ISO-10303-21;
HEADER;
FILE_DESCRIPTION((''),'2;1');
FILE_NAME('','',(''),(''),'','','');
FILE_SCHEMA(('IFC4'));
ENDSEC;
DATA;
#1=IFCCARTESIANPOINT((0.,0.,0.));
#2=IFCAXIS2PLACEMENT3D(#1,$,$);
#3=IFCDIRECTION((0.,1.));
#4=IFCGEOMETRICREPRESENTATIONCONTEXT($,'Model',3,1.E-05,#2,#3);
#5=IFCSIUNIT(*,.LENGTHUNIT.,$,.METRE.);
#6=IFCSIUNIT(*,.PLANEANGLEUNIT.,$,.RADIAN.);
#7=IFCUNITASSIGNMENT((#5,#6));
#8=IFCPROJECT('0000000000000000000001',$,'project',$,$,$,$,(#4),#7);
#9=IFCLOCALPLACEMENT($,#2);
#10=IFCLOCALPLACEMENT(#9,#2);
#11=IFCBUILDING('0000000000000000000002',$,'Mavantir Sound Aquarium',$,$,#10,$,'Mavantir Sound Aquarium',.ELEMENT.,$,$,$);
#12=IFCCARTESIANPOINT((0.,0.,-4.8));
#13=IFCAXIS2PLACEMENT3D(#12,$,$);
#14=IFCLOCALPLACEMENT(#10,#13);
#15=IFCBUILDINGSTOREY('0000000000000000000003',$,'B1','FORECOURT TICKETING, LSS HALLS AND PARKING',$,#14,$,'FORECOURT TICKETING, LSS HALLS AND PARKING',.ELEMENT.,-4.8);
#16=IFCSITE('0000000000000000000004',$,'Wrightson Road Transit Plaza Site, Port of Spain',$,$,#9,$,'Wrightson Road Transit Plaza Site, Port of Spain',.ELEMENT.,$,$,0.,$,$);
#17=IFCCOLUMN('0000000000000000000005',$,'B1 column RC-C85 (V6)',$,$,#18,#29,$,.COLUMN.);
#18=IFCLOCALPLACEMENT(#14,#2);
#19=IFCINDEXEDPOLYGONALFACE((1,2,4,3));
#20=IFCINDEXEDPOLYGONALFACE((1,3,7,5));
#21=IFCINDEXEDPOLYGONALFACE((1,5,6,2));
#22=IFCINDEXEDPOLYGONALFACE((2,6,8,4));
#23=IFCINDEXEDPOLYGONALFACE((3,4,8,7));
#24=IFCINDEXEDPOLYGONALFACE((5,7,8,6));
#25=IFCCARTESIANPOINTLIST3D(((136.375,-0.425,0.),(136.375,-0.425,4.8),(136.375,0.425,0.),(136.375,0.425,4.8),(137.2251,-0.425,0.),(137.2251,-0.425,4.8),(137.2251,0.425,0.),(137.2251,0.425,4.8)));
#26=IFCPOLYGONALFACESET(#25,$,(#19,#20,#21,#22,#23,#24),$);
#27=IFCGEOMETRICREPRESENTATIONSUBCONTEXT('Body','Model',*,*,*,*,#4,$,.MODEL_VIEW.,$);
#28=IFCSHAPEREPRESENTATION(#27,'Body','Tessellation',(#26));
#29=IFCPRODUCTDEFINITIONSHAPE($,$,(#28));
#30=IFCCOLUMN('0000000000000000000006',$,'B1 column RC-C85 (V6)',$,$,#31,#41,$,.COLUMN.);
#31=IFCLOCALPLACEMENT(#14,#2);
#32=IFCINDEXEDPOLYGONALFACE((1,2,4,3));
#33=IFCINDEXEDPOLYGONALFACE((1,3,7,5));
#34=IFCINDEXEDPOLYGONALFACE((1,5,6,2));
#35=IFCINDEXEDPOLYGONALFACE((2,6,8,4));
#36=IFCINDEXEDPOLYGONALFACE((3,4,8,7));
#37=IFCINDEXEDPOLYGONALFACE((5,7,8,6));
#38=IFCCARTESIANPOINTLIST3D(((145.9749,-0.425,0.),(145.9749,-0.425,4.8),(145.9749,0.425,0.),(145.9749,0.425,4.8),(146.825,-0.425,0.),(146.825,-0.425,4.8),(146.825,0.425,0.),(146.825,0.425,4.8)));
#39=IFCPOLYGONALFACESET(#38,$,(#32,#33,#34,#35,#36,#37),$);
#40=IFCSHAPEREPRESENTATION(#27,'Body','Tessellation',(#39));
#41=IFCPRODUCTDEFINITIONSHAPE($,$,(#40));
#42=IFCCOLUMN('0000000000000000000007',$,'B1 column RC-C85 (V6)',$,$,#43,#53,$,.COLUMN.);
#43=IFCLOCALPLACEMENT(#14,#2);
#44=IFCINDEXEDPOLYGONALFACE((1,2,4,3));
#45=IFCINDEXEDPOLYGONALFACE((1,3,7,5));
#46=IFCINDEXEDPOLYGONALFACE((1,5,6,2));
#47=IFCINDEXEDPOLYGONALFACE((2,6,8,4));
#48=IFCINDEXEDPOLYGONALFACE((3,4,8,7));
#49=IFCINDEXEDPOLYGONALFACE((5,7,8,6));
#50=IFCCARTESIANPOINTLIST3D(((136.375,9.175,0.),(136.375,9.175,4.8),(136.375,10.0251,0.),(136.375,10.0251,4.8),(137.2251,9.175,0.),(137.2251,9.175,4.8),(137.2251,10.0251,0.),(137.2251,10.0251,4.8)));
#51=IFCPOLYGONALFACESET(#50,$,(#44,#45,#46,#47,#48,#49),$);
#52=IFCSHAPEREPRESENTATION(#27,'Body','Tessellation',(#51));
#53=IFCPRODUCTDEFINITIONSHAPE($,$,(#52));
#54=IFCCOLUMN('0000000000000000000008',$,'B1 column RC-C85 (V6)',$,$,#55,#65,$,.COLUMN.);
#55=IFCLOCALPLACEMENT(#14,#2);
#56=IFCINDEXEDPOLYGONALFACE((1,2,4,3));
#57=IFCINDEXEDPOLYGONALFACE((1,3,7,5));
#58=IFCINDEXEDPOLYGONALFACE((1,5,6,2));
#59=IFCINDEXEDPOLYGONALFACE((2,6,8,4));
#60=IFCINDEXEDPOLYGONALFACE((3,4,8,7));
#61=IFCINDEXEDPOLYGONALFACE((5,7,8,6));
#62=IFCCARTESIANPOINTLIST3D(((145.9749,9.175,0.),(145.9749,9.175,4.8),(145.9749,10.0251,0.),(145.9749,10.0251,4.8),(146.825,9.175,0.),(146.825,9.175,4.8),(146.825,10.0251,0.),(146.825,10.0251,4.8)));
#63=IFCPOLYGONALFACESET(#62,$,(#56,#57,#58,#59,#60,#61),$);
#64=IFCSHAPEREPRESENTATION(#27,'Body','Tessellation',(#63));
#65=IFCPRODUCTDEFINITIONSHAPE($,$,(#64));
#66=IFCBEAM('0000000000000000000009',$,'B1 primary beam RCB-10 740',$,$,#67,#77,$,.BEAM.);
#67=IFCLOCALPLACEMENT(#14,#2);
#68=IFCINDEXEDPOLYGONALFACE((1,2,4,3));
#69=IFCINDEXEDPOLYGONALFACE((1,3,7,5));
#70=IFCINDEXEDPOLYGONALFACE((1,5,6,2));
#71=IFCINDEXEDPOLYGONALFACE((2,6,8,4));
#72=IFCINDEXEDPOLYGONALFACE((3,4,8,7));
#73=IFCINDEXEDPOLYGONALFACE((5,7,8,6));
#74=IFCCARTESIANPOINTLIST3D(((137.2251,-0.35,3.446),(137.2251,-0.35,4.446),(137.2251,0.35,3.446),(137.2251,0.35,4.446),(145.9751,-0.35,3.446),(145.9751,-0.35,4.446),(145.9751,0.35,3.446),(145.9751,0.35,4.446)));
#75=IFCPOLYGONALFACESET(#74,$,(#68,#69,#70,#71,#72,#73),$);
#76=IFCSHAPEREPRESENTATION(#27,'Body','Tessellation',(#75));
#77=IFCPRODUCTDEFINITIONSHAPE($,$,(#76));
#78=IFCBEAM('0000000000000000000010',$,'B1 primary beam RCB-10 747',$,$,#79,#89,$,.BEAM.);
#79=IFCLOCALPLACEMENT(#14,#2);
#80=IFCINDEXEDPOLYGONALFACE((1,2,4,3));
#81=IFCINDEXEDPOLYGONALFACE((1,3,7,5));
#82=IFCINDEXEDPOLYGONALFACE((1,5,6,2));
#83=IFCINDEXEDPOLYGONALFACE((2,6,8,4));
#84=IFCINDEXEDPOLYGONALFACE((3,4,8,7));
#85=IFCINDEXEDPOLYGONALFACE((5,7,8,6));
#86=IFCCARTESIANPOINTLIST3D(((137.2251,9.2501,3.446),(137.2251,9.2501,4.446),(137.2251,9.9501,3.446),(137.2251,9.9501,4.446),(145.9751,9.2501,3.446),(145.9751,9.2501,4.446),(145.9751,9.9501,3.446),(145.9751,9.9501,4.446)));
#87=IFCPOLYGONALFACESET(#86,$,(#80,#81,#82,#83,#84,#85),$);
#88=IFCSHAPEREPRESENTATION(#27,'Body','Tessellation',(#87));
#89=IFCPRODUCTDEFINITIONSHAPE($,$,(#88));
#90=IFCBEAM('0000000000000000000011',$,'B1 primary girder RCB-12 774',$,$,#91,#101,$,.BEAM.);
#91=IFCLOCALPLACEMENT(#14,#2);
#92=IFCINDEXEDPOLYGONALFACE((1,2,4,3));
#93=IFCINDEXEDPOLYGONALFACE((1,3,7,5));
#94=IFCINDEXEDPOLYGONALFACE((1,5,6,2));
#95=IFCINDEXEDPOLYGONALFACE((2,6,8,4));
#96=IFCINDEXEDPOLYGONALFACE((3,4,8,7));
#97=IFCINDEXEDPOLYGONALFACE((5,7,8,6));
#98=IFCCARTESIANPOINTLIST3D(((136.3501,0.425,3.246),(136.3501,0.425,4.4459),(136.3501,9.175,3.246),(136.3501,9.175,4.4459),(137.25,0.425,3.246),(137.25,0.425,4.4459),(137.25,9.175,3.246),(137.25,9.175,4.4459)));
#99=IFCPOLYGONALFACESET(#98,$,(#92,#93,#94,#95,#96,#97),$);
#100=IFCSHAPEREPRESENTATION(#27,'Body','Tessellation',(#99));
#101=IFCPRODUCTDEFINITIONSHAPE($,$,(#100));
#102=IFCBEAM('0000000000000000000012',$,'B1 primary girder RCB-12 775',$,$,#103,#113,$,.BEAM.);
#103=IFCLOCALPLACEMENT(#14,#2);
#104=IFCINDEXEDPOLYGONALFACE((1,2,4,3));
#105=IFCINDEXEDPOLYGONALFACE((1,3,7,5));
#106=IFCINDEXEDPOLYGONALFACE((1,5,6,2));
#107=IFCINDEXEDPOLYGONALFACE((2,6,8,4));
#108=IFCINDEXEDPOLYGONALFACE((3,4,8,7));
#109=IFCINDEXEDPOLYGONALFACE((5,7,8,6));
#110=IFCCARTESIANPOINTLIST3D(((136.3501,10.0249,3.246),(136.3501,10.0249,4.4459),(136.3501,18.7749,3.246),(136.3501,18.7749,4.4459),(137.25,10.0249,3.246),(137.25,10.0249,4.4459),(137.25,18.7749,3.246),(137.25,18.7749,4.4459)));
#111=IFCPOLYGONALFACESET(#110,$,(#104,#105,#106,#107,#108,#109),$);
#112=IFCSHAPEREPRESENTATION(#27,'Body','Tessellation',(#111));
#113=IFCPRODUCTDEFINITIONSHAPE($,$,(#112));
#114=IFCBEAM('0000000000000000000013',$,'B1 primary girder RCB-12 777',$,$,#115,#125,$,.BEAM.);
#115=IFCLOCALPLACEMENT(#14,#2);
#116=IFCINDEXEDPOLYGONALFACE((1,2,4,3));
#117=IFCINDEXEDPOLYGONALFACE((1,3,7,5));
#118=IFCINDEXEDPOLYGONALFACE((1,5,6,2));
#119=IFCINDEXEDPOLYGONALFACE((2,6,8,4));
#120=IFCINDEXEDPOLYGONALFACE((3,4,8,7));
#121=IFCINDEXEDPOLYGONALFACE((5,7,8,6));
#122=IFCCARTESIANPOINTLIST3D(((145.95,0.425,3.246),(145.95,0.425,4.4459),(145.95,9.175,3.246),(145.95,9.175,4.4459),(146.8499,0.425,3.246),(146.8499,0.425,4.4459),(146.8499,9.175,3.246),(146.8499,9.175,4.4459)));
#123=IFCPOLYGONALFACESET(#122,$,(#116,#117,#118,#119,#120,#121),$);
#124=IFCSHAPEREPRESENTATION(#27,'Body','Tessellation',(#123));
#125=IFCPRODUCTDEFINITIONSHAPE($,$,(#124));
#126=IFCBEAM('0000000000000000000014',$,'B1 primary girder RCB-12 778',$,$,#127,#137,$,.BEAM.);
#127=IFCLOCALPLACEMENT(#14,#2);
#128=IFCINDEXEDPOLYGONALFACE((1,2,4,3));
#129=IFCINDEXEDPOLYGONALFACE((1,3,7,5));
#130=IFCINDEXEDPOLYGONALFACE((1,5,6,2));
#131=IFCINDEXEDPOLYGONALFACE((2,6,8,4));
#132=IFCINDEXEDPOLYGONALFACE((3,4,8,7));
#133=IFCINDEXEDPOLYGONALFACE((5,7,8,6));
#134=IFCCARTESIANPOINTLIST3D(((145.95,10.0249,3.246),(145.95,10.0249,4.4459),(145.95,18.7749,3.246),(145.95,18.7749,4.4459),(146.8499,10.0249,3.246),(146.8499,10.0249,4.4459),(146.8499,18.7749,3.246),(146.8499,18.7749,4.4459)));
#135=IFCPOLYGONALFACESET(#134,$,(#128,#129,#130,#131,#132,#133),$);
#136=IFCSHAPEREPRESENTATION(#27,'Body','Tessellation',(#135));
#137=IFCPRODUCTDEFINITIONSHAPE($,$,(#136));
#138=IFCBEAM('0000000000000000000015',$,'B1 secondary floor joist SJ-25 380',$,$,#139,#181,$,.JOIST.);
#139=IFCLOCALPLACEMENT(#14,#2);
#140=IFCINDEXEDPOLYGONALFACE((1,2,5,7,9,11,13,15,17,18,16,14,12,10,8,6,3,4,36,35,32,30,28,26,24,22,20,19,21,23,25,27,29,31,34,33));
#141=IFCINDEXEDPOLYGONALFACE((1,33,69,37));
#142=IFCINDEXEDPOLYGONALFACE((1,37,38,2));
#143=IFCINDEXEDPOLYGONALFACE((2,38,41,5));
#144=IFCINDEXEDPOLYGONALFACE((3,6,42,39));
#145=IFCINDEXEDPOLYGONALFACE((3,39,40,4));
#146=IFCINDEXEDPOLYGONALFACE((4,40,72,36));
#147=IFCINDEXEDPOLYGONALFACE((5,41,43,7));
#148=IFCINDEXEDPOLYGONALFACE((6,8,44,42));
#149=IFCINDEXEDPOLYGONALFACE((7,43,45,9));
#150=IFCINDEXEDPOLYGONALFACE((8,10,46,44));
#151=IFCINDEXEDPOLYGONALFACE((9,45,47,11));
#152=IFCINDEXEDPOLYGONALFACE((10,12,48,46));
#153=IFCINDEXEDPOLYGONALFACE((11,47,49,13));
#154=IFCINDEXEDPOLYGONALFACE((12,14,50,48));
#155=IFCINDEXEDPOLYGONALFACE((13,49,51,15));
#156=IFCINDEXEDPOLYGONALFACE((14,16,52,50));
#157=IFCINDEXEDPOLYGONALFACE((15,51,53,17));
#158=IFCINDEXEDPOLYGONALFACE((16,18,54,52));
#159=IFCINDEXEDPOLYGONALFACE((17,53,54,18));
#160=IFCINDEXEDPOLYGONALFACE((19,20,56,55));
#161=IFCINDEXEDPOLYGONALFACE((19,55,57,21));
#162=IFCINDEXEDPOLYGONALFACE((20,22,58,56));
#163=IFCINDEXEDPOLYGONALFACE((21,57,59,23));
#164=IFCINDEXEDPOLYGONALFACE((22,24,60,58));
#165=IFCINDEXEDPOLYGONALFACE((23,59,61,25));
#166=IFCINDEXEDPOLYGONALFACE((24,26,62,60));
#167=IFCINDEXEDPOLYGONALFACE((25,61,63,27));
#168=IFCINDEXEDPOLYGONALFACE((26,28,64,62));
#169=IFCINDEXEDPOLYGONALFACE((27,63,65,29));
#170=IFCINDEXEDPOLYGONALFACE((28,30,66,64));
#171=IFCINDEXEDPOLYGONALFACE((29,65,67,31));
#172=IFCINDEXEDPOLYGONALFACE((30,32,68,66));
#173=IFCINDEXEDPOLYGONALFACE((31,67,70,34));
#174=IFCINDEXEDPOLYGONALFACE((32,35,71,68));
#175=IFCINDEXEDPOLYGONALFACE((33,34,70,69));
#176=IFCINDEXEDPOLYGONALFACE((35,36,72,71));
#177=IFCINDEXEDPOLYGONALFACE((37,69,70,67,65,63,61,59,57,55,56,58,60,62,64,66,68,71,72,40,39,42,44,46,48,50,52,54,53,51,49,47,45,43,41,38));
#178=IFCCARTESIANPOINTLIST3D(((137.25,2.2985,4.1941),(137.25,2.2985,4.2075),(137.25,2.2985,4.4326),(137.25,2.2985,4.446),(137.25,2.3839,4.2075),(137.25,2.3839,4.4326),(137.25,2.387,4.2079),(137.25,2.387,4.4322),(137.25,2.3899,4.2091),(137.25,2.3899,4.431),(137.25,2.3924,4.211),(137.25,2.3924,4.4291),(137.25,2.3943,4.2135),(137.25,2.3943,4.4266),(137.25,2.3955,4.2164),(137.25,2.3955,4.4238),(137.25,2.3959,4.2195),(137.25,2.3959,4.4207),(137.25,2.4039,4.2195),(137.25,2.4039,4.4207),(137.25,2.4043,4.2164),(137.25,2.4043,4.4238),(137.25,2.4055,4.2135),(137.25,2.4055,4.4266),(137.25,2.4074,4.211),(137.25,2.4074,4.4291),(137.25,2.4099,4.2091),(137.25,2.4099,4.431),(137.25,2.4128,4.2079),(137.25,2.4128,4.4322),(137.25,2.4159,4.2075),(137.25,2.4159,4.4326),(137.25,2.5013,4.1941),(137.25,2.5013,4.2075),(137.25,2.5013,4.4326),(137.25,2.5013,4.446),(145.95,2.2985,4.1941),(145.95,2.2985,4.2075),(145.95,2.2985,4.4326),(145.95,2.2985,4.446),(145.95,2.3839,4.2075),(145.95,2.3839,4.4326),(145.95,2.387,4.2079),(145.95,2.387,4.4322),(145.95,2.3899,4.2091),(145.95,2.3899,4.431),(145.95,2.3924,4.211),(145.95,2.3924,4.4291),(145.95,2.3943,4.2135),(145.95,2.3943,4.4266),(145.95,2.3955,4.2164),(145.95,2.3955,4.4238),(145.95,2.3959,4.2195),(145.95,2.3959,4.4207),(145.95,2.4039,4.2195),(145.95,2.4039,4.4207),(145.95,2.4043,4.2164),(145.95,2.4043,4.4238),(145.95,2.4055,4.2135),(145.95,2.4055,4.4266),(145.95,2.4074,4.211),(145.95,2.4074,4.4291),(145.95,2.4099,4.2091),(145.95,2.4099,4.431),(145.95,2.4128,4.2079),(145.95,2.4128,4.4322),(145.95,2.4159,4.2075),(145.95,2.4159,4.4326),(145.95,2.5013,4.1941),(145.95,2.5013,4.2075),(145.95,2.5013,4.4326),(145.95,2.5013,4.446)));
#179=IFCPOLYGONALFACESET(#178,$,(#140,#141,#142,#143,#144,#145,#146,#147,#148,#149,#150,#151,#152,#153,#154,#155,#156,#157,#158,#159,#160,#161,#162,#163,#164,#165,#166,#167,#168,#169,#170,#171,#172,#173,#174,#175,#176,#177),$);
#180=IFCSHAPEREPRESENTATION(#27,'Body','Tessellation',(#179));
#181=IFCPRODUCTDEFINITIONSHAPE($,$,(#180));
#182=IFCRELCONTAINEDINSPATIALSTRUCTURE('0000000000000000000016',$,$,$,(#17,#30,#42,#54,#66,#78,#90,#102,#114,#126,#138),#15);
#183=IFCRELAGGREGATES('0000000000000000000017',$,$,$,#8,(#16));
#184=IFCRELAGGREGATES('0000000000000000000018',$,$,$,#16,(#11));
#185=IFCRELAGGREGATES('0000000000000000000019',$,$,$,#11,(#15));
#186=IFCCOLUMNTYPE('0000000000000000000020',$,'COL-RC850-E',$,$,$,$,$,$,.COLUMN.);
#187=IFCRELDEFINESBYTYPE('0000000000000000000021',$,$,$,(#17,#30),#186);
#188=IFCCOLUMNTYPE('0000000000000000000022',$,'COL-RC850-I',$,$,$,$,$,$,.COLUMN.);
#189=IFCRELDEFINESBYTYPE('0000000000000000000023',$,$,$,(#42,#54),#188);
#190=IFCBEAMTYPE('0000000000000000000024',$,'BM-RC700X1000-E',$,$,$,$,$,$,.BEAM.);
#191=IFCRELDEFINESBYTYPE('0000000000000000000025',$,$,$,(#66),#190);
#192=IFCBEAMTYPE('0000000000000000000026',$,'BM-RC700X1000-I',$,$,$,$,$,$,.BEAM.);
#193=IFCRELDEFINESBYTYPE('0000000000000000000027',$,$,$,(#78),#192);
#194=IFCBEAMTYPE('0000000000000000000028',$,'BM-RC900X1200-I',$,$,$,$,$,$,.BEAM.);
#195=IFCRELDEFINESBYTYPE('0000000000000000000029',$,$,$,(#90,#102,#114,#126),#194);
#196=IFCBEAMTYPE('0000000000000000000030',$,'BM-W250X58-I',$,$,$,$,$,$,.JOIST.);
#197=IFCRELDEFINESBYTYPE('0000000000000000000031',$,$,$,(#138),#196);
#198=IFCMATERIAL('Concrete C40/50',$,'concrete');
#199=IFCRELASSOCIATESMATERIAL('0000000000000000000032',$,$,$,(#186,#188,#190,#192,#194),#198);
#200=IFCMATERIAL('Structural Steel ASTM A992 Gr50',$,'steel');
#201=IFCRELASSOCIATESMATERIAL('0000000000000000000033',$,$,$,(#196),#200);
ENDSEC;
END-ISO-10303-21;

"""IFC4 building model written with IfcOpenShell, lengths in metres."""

from ifc_helpers import new_model, si_unit, direction, frame, origin, origin_2d, place, context, subcontext, project, spatial, rectangle, i_section, extrude, material, material_profile, profile_set, type_object, element, save


model = new_model("IFC4")

# Units and contexts
model_context = context("Model", 3, precision=1e-05, world=origin(), true_north=direction((0.0, 1.0)))
body_context = subcontext(model_context, "Body", "Model", "MODEL_VIEW")
ifc_project = project(units=[si_unit("LENGTHUNIT", "METRE"), si_unit("PLANEANGLEUNIT", "RADIAN")], contexts=[model_context])

# Site, building, storey
site_placement = place(None, origin())
site = spatial("IfcSite", under=ifc_project, at=site_placement, Name="Wrightson Road Transit Plaza Site, Port of Spain", LongName="Wrightson Road Transit Plaza Site, Port of Spain", CompositionType="ELEMENT", RefElevation=0.0)
building_placement = place(site_placement, origin())
building = spatial("IfcBuilding", under=site, at=building_placement, Name="Mavantir Sound Aquarium", LongName="Mavantir Sound Aquarium", CompositionType="ELEMENT")
storey_placement = place(building_placement, frame((0.0, 0.0, -4.8)))
storey = spatial("IfcBuildingStorey", under=building, at=storey_placement, Name="B1", Description="FORECOURT TICKETING, LSS HALLS AND PARKING", LongName="FORECOURT TICKETING, LSS HALLS AND PARKING", CompositionType="ELEMENT", Elevation=-4.8)

# Columns
ifc_material_1 = material(Name="Concrete C40/50", Category="concrete")
ifc_material_profile_1 = material_profile(ifc_material_1, rectangle(XDim=0.8501, YDim=0.8501, at=origin_2d()), Name="RC 850X850")
ifc_profile_set_1 = profile_set([ifc_material_profile_1], Name="Concrete C40/50")
column_type_1 = type_object("IfcColumnType", Name="COL-RC850-E", PredefinedType="COLUMN", material=ifc_profile_set_1)
for number, where, z_axis, x_axis, name in (
    (1, (136.8, 0.0, 0.0), (0.0, 0.0, 1.0), (1.0, 0.0, 0.0), "B1 column RC-C85 (V6)"),
    (2, (146.3999, 0.0, 0.0), (0.0, 0.0, 1.0), (1.0, 0.0, 0.0), "B1 column RC-C85 (V6)"),
):
    element("IfcColumn", number, at=place(storey_placement, frame(where, z_axis=z_axis, x_axis=x_axis)), inside=storey, type_object=column_type_1, Name=name, PredefinedType="COLUMN", context=body_context, shape_type="SweptSolid", body=[
        extrude(rectangle(XDim=0.8501, YDim=0.8501, at=origin_2d()), origin(), (0.0, 0.0, 1.0), 4.8),
    ])
ifc_material_profile_2 = material_profile(ifc_material_1, rectangle(XDim=0.8501, YDim=0.8501, at=origin_2d()), Name="RC 850X850")
ifc_profile_set_2 = profile_set([ifc_material_profile_2], Name="Concrete C40/50")
column_type_2 = type_object("IfcColumnType", Name="COL-RC850-I", PredefinedType="COLUMN", material=ifc_profile_set_2)
for number, where, z_axis, x_axis, name in (
    (3, (136.8, 9.6001, 0.0), (0.0, 0.0, 1.0), (1.0, 0.0, 0.0), "B1 column RC-C85 (V6)"),
    (4, (146.3999, 9.6001, 0.0), (0.0, 0.0, 1.0), (1.0, 0.0, 0.0), "B1 column RC-C85 (V6)"),
):
    element("IfcColumn", number, at=place(storey_placement, frame(where, z_axis=z_axis, x_axis=x_axis)), inside=storey, type_object=column_type_2, Name=name, PredefinedType="COLUMN", context=body_context, shape_type="SweptSolid", body=[
        extrude(rectangle(XDim=0.8501, YDim=0.8501, at=origin_2d()), origin(), (0.0, 0.0, 1.0), 4.8),
    ])

# Beams
ifc_material_profile_3 = material_profile(ifc_material_1, rectangle(XDim=0.7, YDim=1.0, at=origin_2d()), Name="RC 700X1000")
ifc_profile_set_3 = profile_set([ifc_material_profile_3], Name="Concrete C40/50")
beam_type_1 = type_object("IfcBeamType", Name="BM-RC700X1000-E", PredefinedType="BEAM", material=ifc_profile_set_3)
beam_1_placement = place(storey_placement, frame((137.2251, 0.0, 3.946), z_axis=(1.0, 0.0, 0.0), x_axis=(0.0, 1.0, 0.0)))
element("IfcBeam", 5, at=beam_1_placement, inside=storey, type_object=beam_type_1, Name="B1 primary beam RCB-10 740", PredefinedType="BEAM", context=body_context, shape_type="SweptSolid", body=[
    extrude(rectangle(XDim=0.7, YDim=1.0, at=origin_2d()), origin(), (0.0, 0.0, 1.0), 8.75),
])
ifc_material_profile_4 = material_profile(ifc_material_1, rectangle(XDim=0.7, YDim=1.0, at=origin_2d()), Name="RC 700X1000")
ifc_profile_set_4 = profile_set([ifc_material_profile_4], Name="Concrete C40/50")
beam_type_2 = type_object("IfcBeamType", Name="BM-RC700X1000-I", PredefinedType="BEAM", material=ifc_profile_set_4)
beam_2_placement = place(storey_placement, frame((137.2251, 9.6001, 3.946), z_axis=(1.0, 0.0, 0.0), x_axis=(0.0, 1.0, 0.0)))
element("IfcBeam", 6, at=beam_2_placement, inside=storey, type_object=beam_type_2, Name="B1 primary beam RCB-10 747", PredefinedType="BEAM", context=body_context, shape_type="SweptSolid", body=[
    extrude(rectangle(XDim=0.7, YDim=1.0, at=origin_2d()), origin(), (0.0, 0.0, 1.0), 8.75),
])
ifc_material_profile_5 = material_profile(ifc_material_1, rectangle(XDim=0.8999, YDim=1.2, at=origin_2d()), Name="RC 900X1200")
ifc_profile_set_5 = profile_set([ifc_material_profile_5], Name="Concrete C40/50")
beam_type_3 = type_object("IfcBeamType", Name="BM-RC900X1200-I", PredefinedType="BEAM", material=ifc_profile_set_5)
for number, where, z_axis, x_axis, name in (
    (7, (136.8, 0.425, 3.8459), (0.0, 1.0, 0.0), (-1.0, 0.0, 0.0), "B1 primary girder RCB-12 774"),
    (8, (136.8, 10.0249, 3.8459), (0.0, 1.0, 0.0), (-1.0, 0.0, 0.0), "B1 primary girder RCB-12 775"),
    (9, (146.3999, 0.425, 3.8459), (0.0, 1.0, 0.0), (-1.0, 0.0, 0.0), "B1 primary girder RCB-12 777"),
    (10, (146.3999, 10.0249, 3.8459), (0.0, 1.0, 0.0), (-1.0, 0.0, 0.0), "B1 primary girder RCB-12 778"),
):
    element("IfcBeam", number, at=place(storey_placement, frame(where, z_axis=z_axis, x_axis=x_axis)), inside=storey, type_object=beam_type_3, Name=name, PredefinedType="BEAM", context=body_context, shape_type="SweptSolid", body=[
        extrude(rectangle(XDim=0.8999, YDim=1.2, at=origin_2d()), origin(), (0.0, 0.0, 1.0), 8.75),
    ])
ifc_material_2 = material(Name="Structural Steel ASTM A992 Gr50", Category="steel")
ifc_material_profile_6 = material_profile(ifc_material_2, i_section(OverallWidth=0.2029, OverallDepth=0.252, WebThickness=0.0081, FlangeThickness=0.0134, FilletRadius=0.012, at=origin_2d()), Name="W250X58")
ifc_profile_set_6 = profile_set([ifc_material_profile_6], Name="Structural Steel ASTM A992 Gr50")
beam_type_4 = type_object("IfcBeamType", Name="BM-W250X58-I", PredefinedType="JOIST", material=ifc_profile_set_6)
beam_3_placement = place(storey_placement, frame((137.25, 2.3999, 4.3201), z_axis=(1.0, 0.0, 0.0), x_axis=(0.0, 1.0, 0.0)))
element("IfcBeam", 11, at=beam_3_placement, inside=storey, type_object=beam_type_4, Name="B1 secondary floor joist SJ-25 380", PredefinedType="JOIST", context=body_context, shape_type="SweptSolid", body=[
    extrude(i_section(OverallWidth=0.2029, OverallDepth=0.252, WebThickness=0.0081, FlangeThickness=0.0134, FilletRadius=0.012, at=origin_2d()), origin(), (0.0, 0.0, 1.0), 8.7),
])

save(model, "model.ifc")
